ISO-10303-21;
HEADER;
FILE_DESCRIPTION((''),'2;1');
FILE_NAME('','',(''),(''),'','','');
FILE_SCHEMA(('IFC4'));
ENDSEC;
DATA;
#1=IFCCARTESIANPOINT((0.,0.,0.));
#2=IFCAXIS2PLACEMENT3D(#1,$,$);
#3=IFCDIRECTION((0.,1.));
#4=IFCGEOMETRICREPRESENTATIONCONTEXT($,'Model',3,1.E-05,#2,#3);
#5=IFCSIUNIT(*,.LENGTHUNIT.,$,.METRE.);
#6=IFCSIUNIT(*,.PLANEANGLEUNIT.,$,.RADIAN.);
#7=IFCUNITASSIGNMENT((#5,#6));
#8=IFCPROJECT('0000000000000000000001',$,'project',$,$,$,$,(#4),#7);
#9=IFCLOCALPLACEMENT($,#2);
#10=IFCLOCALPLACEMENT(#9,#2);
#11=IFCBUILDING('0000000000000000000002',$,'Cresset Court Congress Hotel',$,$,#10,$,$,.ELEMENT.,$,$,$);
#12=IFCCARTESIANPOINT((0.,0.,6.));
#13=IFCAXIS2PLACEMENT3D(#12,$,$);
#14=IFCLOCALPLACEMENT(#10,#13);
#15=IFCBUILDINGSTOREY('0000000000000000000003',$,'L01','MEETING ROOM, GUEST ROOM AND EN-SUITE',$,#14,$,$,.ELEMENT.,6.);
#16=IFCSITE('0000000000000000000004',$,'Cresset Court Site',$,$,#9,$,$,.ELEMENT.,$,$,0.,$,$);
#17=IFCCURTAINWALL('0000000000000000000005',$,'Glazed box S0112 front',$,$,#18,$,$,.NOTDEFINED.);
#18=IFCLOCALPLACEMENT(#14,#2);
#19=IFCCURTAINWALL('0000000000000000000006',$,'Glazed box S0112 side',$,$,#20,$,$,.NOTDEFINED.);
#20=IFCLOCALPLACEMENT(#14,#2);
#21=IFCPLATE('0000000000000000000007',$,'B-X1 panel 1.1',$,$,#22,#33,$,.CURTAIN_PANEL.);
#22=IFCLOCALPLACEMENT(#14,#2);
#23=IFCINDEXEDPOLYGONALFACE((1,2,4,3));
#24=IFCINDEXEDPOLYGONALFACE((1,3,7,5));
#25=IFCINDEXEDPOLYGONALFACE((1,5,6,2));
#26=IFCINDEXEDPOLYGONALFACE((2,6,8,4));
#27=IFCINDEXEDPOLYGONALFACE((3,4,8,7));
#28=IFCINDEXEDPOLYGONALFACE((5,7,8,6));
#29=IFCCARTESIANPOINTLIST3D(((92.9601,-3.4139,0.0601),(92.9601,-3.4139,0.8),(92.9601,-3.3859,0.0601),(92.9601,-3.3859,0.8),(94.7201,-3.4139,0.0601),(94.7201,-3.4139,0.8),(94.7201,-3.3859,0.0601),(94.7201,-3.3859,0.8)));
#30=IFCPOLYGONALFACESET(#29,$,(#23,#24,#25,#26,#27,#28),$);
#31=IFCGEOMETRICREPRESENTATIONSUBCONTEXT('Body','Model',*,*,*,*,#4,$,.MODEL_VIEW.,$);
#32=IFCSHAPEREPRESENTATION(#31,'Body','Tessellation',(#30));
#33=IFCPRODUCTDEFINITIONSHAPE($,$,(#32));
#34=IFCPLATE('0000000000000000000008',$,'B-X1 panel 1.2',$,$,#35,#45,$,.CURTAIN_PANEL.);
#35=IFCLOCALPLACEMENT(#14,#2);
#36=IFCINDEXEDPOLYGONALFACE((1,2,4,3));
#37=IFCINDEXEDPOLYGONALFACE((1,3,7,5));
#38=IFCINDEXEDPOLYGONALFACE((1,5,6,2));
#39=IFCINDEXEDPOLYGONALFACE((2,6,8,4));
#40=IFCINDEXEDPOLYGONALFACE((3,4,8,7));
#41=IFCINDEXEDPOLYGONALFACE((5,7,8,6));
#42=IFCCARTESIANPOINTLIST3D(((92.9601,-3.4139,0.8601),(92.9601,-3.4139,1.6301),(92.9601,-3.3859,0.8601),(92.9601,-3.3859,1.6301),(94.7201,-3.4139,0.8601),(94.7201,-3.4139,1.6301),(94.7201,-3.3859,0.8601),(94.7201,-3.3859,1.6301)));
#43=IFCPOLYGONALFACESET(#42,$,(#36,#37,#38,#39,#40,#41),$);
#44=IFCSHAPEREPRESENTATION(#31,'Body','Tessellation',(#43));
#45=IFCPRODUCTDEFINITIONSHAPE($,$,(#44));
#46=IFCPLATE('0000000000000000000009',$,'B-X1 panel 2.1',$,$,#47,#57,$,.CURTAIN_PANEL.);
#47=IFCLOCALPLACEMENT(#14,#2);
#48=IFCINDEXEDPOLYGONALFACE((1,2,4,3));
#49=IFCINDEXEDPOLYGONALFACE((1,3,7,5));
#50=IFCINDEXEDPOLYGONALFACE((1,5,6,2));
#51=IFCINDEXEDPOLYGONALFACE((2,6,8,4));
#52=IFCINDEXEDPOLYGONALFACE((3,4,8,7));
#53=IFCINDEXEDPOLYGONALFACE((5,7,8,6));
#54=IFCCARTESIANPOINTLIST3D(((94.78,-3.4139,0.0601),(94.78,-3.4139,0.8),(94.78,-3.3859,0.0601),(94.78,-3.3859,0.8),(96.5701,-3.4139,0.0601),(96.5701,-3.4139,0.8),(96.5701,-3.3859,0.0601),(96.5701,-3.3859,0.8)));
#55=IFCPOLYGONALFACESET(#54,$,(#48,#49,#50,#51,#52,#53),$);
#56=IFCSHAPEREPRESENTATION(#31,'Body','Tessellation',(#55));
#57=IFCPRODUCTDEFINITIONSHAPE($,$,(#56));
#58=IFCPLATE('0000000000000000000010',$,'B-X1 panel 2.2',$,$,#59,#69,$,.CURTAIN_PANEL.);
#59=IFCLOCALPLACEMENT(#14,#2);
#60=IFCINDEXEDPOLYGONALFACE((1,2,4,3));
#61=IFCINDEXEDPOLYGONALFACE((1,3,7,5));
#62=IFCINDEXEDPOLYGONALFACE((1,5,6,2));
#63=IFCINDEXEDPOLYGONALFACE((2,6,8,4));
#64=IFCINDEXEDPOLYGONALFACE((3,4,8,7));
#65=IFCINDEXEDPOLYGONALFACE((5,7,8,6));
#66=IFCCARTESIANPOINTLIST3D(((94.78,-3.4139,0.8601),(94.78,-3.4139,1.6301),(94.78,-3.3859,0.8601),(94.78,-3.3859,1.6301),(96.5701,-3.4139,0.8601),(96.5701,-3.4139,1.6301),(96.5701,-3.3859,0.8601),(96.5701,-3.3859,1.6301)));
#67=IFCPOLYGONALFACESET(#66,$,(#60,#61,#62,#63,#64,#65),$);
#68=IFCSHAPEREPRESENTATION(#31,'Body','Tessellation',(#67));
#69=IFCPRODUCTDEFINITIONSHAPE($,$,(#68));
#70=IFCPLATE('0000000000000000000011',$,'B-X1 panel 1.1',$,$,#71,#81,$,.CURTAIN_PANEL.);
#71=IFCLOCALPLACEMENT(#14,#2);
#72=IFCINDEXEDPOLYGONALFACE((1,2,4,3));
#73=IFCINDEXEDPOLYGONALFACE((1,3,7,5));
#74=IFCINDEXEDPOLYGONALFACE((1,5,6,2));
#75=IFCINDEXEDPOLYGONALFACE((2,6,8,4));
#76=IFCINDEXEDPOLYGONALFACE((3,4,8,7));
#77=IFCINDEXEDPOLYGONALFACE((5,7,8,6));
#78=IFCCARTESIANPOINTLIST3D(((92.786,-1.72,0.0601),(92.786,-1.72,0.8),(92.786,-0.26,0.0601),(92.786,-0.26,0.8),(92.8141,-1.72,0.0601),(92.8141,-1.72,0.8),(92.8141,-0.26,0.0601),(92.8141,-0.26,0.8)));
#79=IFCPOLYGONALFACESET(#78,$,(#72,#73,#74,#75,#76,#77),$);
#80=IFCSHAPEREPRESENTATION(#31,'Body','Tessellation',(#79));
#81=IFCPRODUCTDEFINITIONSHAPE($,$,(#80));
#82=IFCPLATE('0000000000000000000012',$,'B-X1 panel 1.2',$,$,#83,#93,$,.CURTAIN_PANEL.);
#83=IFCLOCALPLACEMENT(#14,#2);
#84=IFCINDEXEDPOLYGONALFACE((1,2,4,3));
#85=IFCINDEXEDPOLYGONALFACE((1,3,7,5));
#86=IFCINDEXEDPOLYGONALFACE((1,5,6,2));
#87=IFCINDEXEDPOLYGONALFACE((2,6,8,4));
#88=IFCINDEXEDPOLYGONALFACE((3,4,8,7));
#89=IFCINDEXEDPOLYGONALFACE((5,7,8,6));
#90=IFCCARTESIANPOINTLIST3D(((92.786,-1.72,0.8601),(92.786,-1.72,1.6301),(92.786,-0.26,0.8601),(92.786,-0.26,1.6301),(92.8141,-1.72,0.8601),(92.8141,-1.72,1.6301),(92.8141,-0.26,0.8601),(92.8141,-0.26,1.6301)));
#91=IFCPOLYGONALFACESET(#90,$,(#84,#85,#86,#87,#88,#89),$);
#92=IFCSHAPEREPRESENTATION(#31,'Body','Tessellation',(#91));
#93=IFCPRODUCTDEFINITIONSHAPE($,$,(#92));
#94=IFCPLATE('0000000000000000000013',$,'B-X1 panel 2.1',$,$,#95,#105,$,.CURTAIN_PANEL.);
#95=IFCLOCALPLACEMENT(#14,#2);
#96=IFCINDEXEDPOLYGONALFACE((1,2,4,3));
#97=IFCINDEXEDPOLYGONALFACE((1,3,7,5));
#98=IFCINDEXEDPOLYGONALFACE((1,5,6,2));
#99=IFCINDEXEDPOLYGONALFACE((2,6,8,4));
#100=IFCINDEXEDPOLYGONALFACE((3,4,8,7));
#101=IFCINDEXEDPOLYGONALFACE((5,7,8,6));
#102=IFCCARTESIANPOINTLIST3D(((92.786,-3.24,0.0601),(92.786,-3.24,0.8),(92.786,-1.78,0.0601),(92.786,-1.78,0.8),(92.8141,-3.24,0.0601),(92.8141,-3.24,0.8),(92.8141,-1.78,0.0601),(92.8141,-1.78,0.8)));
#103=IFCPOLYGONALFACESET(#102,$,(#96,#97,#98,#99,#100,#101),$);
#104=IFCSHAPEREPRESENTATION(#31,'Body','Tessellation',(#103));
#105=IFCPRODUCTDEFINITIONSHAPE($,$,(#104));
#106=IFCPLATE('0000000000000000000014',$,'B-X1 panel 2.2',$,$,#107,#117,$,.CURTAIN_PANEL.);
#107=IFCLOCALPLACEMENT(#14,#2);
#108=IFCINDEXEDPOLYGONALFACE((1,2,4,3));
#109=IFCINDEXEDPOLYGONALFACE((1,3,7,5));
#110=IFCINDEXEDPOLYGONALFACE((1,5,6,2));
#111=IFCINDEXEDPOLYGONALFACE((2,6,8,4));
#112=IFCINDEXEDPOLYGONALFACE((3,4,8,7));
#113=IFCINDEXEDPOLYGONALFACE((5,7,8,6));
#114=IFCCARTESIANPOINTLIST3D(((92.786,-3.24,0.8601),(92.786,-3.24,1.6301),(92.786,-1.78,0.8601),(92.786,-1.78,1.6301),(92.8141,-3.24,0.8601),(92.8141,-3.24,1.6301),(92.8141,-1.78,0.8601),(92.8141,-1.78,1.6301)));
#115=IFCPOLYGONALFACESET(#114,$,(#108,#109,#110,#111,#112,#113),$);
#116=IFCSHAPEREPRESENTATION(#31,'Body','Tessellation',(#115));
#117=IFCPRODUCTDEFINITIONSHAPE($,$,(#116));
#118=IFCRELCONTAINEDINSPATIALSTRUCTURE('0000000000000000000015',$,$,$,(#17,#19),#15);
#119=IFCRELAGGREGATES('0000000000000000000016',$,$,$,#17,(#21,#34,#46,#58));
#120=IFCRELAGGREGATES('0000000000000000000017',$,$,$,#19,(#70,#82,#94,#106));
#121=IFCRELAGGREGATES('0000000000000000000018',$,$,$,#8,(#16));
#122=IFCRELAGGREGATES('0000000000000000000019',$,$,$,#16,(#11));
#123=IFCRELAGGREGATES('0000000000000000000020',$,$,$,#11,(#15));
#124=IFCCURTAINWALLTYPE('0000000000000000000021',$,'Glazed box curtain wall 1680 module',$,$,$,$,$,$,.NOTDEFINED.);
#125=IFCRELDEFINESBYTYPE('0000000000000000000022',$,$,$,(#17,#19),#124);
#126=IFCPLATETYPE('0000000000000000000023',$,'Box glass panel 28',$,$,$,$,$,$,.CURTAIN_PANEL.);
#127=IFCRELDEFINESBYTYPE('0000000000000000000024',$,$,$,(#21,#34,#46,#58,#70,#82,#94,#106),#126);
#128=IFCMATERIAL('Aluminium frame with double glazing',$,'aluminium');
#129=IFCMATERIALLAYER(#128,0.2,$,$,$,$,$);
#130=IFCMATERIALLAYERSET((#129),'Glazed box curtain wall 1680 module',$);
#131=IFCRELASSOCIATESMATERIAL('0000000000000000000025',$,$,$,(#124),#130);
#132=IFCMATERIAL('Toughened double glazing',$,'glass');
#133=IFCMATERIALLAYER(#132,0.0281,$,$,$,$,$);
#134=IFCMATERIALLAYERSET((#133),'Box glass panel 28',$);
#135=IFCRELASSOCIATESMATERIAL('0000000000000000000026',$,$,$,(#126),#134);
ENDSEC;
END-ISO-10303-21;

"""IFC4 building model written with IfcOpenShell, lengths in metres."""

from ifc_helpers import new_model, si_unit, direction, frame, origin, origin_2d, place, context, subcontext, project, spatial, rectangle, extrude, material, layer, layer_set, type_object, element, aggregate, save


model = new_model("IFC4")

# Units and contexts
model_context = context("Model", 3, precision=1e-05, world=origin(), true_north=direction((0.0, 1.0)))
body_context = subcontext(model_context, "Body", "Model", "MODEL_VIEW")
ifc_project = project(units=[si_unit("LENGTHUNIT", "METRE"), si_unit("PLANEANGLEUNIT", "RADIAN")], contexts=[model_context])

# Site, building, storey
site_placement = place(None, origin())
site = spatial("IfcSite", under=ifc_project, at=site_placement, Name="Cresset Court Site", CompositionType="ELEMENT", RefElevation=0.0)
building_placement = place(site_placement, origin())
building = spatial("IfcBuilding", under=site, at=building_placement, Name="Cresset Court Congress Hotel", CompositionType="ELEMENT")
storey_placement = place(building_placement, frame((0.0, 0.0, 6.0)))
storey = spatial("IfcBuildingStorey", under=building, at=storey_placement, Name="L01", Description="MEETING ROOM, GUEST ROOM AND EN-SUITE", CompositionType="ELEMENT", Elevation=6.0)

# Curtain walls
ifc_material_1 = material(Name="Aluminium frame with double glazing", Category="aluminium")
ifc_layer_1 = layer(ifc_material_1, 0.2)
ifc_layer_set_1 = layer_set([ifc_layer_1], Name="Glazed box curtain wall 1680 module")
curtain_wall_type = type_object("IfcCurtainWallType", Name="Glazed box curtain wall 1680 module", PredefinedType="NOTDEFINED", material=ifc_layer_set_1)
curtain_wall_1_placement = place(storey_placement, origin())
curtain_wall_1 = element("IfcCurtainWall", 1, at=curtain_wall_1_placement, inside=storey, type_object=curtain_wall_type, Name="Glazed box S0112 front", PredefinedType="NOTDEFINED")
curtain_wall_2_placement = place(storey_placement, origin())
curtain_wall_2 = element("IfcCurtainWall", 2, at=curtain_wall_2_placement, inside=storey, type_object=curtain_wall_type, Name="Glazed box S0112 side", PredefinedType="NOTDEFINED")

# Plates
ifc_material_2 = material(Name="Toughened double glazing", Category="glass")
ifc_layer_2 = layer(ifc_material_2, 0.0281)
ifc_layer_set_2 = layer_set([ifc_layer_2], Name="Box glass panel 28")
plate_type = type_object("IfcPlateType", Name="Box glass panel 28", PredefinedType="CURTAIN_PANEL", material=ifc_layer_set_2)
plate_1_placement = place(storey_placement, frame((93.8401, -3.3999, 0.0601), z_axis=(0.0, 0.0, 1.0), x_axis=(1.0, 0.0, 0.0)))
plate_1 = element("IfcPlate", 3, at=plate_1_placement, type_object=plate_type, Name="B-X1 panel 1.1", PredefinedType="CURTAIN_PANEL", context=body_context, shape_type="SweptSolid", body=[
    extrude(rectangle(XDim=1.76, YDim=0.0281, at=origin_2d()), origin(), (0.0, 0.0, 1.0), 0.74),
])
plate_2_placement = place(storey_placement, frame((93.8401, -3.3999, 0.8601), z_axis=(0.0, 0.0, 1.0), x_axis=(1.0, 0.0, 0.0)))
plate_2 = element("IfcPlate", 4, at=plate_2_placement, type_object=plate_type, Name="B-X1 panel 1.2", PredefinedType="CURTAIN_PANEL", context=body_context, shape_type="SweptSolid", body=[
    extrude(rectangle(XDim=1.76, YDim=0.0281, at=origin_2d()), origin(), (0.0, 0.0, 1.0), 0.77),
])
plate_3_placement = place(storey_placement, frame((95.675, -3.3999, 0.0601), z_axis=(0.0, 0.0, 1.0), x_axis=(1.0, 0.0, 0.0)))
plate_3 = element("IfcPlate", 5, at=plate_3_placement, type_object=plate_type, Name="B-X1 panel 2.1", PredefinedType="CURTAIN_PANEL", context=body_context, shape_type="SweptSolid", body=[
    extrude(rectangle(XDim=1.79, YDim=0.0281, at=origin_2d()), origin(), (0.0, 0.0, 1.0), 0.74),
])
plate_4_placement = place(storey_placement, frame((95.675, -3.3999, 0.8601), z_axis=(0.0, 0.0, 1.0), x_axis=(1.0, 0.0, 0.0)))
plate_4 = element("IfcPlate", 6, at=plate_4_placement, type_object=plate_type, Name="B-X1 panel 2.2", PredefinedType="CURTAIN_PANEL", context=body_context, shape_type="SweptSolid", body=[
    extrude(rectangle(XDim=1.79, YDim=0.0281, at=origin_2d()), origin(), (0.0, 0.0, 1.0), 0.77),
])
aggregate(curtain_wall_1, [plate_1, plate_2, plate_3, plate_4])
plate_5_placement = place(storey_placement, frame((92.8, -0.99, 0.0601), z_axis=(0.0, 0.0, 1.0), x_axis=(0.0, -1.0, 0.0)))
plate_5 = element("IfcPlate", 7, at=plate_5_placement, type_object=plate_type, Name="B-X1 panel 1.1", PredefinedType="CURTAIN_PANEL", context=body_context, shape_type="SweptSolid", body=[
    extrude(rectangle(XDim=1.46, YDim=0.0281, at=origin_2d()), origin(), (0.0, 0.0, 1.0), 0.74),
])
plate_6_placement = place(storey_placement, frame((92.8, -0.99, 0.8601), z_axis=(0.0, 0.0, 1.0), x_axis=(0.0, -1.0, 0.0)))
plate_6 = element("IfcPlate", 8, at=plate_6_placement, type_object=plate_type, Name="B-X1 panel 1.2", PredefinedType="CURTAIN_PANEL", context=body_context, shape_type="SweptSolid", body=[
    extrude(rectangle(XDim=1.46, YDim=0.0281, at=origin_2d()), origin(), (0.0, 0.0, 1.0), 0.77),
])
plate_7_placement = place(storey_placement, frame((92.8, -2.51, 0.0601), z_axis=(0.0, 0.0, 1.0), x_axis=(0.0, -1.0, 0.0)))
plate_7 = element("IfcPlate", 9, at=plate_7_placement, type_object=plate_type, Name="B-X1 panel 2.1", PredefinedType="CURTAIN_PANEL", context=body_context, shape_type="SweptSolid", body=[
    extrude(rectangle(XDim=1.46, YDim=0.0281, at=origin_2d()), origin(), (0.0, 0.0, 1.0), 0.74),
])
plate_8_placement = place(storey_placement, frame((92.8, -2.51, 0.8601), z_axis=(0.0, 0.0, 1.0), x_axis=(0.0, -1.0, 0.0)))
plate_8 = element("IfcPlate", 10, at=plate_8_placement, type_object=plate_type, Name="B-X1 panel 2.2", PredefinedType="CURTAIN_PANEL", context=body_context, shape_type="SweptSolid", body=[
    extrude(rectangle(XDim=1.46, YDim=0.0281, at=origin_2d()), origin(), (0.0, 0.0, 1.0), 0.77),
])
aggregate(curtain_wall_2, [plate_5, plate_6, plate_7, plate_8])

save(model, "model.ifc")
